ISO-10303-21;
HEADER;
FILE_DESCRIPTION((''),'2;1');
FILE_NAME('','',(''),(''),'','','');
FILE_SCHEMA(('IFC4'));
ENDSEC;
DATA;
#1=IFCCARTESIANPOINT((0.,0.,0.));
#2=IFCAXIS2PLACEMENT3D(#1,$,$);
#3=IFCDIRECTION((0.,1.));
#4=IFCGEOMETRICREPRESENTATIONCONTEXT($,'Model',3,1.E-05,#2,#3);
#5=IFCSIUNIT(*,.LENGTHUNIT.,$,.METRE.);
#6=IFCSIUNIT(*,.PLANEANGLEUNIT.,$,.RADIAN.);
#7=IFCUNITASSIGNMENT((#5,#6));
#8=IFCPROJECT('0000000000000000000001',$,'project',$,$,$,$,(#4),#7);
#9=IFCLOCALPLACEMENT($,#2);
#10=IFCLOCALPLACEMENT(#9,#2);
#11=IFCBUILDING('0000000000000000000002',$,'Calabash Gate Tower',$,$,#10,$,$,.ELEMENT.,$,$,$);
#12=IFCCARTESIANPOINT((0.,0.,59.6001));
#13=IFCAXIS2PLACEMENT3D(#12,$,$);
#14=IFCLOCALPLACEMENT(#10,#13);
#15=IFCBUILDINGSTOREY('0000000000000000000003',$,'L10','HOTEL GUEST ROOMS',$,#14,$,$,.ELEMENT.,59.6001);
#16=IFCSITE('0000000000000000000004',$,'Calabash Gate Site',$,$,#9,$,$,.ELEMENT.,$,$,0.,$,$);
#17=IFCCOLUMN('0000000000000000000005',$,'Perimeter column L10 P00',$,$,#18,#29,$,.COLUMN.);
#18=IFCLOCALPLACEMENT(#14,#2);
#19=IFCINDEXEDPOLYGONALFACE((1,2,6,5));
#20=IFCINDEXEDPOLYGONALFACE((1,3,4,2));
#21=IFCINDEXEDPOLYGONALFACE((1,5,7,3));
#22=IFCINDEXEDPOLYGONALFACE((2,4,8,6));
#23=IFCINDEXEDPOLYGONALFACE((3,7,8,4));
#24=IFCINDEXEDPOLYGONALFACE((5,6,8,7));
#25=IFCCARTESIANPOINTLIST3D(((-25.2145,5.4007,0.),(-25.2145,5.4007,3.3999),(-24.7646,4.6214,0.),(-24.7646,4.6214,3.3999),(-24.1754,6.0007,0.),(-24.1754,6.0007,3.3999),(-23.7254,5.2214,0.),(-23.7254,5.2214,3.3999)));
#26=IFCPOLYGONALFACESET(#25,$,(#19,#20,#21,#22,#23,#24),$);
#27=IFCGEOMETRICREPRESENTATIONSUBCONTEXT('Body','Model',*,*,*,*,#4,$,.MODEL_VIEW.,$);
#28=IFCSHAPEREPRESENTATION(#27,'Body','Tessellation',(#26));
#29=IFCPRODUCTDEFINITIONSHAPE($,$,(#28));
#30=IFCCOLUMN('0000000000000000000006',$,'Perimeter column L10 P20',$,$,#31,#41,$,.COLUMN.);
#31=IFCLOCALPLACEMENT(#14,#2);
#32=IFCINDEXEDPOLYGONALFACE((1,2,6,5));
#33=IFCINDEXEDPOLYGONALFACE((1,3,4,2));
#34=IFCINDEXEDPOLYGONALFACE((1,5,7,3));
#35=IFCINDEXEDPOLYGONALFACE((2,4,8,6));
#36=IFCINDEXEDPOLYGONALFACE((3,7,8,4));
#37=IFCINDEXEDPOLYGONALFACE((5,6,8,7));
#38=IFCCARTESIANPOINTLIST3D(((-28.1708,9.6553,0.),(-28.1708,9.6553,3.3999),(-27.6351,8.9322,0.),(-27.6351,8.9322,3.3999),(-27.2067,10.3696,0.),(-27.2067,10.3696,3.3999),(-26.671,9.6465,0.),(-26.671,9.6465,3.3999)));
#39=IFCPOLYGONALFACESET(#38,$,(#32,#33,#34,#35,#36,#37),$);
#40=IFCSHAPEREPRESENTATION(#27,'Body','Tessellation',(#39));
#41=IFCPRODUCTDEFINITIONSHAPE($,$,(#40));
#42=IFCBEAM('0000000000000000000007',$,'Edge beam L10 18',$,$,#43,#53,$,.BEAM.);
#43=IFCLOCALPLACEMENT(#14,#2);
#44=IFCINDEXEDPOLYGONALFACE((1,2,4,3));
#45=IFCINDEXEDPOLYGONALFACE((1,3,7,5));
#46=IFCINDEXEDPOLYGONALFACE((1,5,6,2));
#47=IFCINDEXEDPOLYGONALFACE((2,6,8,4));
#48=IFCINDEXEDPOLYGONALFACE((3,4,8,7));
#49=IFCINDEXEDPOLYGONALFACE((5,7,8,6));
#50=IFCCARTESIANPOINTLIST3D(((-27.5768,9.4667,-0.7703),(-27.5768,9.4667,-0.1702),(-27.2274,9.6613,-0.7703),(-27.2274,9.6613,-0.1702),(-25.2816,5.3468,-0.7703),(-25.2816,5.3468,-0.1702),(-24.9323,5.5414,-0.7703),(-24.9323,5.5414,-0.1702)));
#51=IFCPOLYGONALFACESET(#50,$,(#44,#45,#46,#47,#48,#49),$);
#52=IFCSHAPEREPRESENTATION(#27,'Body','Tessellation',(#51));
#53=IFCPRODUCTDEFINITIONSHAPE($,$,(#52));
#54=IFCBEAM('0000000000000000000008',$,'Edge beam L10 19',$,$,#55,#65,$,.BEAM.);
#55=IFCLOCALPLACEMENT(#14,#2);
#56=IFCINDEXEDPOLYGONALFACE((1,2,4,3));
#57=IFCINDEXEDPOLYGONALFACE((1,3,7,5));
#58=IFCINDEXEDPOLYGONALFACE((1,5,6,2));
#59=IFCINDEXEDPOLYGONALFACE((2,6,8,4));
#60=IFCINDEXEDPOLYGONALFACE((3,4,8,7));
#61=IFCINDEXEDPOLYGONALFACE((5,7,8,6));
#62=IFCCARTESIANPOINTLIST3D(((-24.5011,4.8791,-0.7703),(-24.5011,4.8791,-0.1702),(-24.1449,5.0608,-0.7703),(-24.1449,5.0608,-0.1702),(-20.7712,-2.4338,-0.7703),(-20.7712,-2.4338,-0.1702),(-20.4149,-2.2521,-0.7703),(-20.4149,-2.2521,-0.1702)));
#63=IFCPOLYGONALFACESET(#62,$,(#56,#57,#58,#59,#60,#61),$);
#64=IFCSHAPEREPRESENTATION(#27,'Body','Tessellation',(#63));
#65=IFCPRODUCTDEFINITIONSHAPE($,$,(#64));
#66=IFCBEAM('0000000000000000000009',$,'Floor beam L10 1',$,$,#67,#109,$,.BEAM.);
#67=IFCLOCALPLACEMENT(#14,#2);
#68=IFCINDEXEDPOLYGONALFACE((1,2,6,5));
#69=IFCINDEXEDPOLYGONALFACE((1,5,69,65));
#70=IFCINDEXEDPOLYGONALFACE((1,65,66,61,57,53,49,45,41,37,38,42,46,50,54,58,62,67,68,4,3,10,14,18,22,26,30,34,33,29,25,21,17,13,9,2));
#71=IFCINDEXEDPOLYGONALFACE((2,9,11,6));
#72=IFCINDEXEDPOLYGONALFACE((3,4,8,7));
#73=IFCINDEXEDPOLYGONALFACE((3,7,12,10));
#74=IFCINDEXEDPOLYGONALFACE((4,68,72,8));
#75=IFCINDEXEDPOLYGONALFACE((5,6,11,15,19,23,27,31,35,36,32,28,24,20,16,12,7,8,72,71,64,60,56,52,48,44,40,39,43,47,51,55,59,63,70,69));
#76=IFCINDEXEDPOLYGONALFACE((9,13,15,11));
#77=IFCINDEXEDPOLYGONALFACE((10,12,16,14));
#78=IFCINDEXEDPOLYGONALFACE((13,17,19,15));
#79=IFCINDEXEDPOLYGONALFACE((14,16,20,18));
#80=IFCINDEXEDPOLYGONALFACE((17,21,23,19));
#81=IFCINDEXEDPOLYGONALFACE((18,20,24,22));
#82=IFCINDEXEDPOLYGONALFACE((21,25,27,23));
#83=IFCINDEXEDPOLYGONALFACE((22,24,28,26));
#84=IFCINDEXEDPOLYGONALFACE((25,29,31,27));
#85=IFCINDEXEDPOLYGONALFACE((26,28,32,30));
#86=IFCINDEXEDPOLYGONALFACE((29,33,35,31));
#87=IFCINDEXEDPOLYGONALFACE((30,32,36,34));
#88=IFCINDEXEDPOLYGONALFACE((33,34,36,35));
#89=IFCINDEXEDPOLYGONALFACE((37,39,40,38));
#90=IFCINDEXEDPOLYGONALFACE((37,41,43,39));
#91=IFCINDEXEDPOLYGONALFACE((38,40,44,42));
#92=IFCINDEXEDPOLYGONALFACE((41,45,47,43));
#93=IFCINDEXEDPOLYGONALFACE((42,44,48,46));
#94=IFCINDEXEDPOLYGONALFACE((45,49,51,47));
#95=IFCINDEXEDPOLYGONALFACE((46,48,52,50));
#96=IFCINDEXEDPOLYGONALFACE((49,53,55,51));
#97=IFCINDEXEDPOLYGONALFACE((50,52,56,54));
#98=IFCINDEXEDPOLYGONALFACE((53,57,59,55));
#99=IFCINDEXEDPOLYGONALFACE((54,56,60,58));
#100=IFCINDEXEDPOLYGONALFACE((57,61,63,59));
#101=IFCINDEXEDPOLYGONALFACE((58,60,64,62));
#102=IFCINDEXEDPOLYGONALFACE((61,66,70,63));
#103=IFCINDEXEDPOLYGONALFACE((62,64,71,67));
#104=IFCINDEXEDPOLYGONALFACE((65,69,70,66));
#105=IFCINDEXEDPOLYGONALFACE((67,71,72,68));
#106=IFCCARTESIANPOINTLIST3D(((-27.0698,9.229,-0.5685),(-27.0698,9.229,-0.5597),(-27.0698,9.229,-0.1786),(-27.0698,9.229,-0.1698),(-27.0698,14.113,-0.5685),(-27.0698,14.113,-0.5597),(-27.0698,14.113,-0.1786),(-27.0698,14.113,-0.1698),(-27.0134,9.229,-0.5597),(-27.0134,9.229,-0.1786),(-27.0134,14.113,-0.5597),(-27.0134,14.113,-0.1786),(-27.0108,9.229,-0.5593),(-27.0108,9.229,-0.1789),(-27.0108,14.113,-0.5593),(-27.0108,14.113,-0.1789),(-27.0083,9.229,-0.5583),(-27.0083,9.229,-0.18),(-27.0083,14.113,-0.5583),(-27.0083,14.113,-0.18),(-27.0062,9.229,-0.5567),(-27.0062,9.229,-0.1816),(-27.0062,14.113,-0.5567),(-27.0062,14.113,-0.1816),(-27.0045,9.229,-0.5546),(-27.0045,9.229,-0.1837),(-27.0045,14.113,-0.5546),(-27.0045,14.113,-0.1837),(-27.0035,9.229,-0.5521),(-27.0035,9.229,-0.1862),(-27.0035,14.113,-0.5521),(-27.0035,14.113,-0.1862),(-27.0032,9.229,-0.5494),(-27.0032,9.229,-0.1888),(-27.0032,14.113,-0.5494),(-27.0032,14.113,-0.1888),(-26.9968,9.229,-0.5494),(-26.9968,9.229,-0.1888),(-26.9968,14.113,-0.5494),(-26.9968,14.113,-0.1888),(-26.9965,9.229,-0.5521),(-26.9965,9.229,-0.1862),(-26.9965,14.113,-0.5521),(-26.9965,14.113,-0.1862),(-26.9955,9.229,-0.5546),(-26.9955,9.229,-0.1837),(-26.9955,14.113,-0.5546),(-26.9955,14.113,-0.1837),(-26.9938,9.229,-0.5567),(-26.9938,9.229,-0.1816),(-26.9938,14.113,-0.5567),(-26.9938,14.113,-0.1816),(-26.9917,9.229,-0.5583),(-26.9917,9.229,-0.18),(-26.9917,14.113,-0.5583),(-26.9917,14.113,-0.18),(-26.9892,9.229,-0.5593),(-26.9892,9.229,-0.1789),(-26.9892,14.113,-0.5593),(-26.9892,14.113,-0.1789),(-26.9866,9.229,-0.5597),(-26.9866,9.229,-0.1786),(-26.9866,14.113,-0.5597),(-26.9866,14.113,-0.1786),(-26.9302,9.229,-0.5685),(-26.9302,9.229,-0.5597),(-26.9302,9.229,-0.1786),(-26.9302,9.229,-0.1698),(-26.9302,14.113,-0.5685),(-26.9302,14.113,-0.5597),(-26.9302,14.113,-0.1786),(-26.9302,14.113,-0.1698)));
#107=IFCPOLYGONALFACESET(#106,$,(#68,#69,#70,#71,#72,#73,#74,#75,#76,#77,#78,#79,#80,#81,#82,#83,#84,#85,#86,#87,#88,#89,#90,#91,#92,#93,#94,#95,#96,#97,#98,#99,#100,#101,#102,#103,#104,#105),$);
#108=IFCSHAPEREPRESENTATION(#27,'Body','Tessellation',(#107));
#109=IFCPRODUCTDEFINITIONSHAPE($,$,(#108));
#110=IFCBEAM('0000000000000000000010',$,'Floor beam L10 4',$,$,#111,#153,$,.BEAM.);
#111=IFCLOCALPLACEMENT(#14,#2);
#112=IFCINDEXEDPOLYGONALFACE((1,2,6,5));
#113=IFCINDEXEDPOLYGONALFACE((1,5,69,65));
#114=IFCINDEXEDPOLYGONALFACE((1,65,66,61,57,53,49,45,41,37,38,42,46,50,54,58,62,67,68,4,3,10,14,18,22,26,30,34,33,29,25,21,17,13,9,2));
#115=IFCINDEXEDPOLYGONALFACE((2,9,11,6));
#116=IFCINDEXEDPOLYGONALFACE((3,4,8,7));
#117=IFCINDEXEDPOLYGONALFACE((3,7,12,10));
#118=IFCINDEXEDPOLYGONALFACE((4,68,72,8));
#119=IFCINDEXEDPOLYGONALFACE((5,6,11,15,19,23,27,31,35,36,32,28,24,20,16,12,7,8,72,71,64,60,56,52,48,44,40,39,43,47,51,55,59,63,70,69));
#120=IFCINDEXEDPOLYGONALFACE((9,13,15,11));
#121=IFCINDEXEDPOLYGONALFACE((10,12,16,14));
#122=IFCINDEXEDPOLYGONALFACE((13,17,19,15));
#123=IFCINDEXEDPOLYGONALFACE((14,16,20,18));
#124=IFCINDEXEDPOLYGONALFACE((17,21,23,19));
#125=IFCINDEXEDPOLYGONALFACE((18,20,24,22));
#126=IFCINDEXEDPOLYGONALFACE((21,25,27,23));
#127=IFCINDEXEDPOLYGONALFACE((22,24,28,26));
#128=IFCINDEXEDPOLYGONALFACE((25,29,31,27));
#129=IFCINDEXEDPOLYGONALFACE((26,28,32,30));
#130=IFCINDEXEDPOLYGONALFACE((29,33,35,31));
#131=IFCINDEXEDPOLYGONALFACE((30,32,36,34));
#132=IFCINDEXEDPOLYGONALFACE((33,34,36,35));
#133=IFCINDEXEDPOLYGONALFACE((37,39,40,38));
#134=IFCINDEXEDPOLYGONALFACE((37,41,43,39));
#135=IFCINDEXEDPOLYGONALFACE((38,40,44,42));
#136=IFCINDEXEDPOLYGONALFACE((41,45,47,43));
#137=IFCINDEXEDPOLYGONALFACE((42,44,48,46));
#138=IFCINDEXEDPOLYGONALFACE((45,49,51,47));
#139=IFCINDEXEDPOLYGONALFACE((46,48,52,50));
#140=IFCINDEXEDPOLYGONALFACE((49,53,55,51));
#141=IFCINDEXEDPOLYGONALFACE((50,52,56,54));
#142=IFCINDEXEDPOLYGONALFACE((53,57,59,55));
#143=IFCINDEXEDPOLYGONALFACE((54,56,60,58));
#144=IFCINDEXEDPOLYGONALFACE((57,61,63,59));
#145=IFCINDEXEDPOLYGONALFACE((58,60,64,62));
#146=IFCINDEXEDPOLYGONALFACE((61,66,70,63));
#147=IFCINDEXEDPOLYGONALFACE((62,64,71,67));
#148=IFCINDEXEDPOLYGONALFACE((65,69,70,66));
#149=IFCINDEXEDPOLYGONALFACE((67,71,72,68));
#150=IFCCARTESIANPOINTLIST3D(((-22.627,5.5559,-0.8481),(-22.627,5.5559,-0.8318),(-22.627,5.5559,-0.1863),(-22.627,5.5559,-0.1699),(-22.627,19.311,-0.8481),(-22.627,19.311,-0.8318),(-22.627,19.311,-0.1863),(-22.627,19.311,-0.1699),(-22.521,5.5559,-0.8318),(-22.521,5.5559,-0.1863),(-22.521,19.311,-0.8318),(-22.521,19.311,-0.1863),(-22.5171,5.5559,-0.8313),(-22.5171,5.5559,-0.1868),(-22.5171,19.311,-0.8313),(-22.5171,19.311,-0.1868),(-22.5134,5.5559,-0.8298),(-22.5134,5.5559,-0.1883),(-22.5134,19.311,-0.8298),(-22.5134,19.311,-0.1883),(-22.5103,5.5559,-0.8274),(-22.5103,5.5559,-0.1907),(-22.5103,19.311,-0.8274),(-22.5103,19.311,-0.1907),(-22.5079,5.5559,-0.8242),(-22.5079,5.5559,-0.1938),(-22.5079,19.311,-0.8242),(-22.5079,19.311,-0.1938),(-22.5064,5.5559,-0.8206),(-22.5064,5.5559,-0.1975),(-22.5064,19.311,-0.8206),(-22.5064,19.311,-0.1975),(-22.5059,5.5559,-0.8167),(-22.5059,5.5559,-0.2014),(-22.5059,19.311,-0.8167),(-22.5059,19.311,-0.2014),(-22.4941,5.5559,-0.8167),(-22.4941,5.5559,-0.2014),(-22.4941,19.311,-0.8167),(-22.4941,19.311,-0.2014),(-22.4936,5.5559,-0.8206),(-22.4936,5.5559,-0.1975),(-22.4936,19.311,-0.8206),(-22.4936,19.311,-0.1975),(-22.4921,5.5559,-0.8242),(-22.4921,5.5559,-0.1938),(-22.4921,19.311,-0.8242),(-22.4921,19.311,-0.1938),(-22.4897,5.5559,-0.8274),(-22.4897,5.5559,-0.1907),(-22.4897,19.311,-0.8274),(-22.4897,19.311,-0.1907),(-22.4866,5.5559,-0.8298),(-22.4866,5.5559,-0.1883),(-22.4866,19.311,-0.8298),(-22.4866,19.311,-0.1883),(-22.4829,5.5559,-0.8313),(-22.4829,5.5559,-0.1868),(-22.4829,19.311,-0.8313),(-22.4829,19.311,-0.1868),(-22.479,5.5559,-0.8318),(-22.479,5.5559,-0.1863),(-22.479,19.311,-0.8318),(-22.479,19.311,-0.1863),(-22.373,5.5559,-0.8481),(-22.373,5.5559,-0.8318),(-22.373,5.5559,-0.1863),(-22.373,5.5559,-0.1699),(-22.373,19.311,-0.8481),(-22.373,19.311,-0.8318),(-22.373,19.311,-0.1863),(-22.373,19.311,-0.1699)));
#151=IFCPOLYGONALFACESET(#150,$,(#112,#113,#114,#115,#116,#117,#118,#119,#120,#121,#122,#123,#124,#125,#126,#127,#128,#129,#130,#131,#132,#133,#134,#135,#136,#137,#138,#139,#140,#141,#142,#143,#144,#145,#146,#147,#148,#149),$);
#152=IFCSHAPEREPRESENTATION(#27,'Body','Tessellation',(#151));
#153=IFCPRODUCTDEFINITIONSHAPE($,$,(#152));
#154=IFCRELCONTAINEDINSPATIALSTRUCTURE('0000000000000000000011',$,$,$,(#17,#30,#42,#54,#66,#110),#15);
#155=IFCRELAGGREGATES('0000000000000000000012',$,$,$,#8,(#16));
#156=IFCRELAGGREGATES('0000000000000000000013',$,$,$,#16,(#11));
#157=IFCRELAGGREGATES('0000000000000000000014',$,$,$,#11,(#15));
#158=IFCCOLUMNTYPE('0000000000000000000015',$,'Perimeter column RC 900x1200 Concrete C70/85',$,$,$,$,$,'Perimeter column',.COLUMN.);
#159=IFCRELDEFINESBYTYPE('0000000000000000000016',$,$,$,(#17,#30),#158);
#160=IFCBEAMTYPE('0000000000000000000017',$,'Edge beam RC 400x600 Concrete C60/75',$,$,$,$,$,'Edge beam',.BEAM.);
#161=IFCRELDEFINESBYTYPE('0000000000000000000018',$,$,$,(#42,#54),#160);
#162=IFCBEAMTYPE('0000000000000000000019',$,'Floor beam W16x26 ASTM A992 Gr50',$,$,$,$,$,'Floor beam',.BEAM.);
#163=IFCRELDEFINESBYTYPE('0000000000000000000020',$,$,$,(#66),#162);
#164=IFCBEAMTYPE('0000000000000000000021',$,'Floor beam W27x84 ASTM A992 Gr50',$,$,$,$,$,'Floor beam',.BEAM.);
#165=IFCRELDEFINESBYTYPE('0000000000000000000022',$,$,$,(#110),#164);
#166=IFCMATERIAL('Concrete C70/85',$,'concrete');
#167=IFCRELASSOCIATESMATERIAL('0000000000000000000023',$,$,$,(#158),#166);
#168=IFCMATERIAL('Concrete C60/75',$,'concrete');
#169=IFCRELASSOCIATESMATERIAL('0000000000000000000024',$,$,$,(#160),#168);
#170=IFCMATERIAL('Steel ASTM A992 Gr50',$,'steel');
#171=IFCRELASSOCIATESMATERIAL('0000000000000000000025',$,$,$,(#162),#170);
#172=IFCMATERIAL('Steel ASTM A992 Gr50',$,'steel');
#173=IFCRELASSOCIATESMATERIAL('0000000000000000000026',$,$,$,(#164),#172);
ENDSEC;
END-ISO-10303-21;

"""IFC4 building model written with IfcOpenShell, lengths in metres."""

from ifc_helpers import new_model, si_unit, direction, frame, origin, origin_2d, place, context, subcontext, project, spatial, rectangle, i_section, extrude, material, material_profile, profile_set, type_object, element, save


model = new_model("IFC4")

# Units and contexts
model_context = context("Model", 3, precision=1e-05, world=origin(), true_north=direction((0.0, 1.0)))
body_context = subcontext(model_context, "Body", "Model", "MODEL_VIEW")
ifc_project = project(units=[si_unit("LENGTHUNIT", "METRE"), si_unit("PLANEANGLEUNIT", "RADIAN")], contexts=[model_context])

# Site, building, storey
site_placement = place(None, origin())
site = spatial("IfcSite", under=ifc_project, at=site_placement, Name="Calabash Gate Site", CompositionType="ELEMENT", RefElevation=0.0)
building_placement = place(site_placement, origin())
building = spatial("IfcBuilding", under=site, at=building_placement, Name="Calabash Gate Tower", CompositionType="ELEMENT")
storey_placement = place(building_placement, frame((0.0, 0.0, 59.6001)))
storey = spatial("IfcBuildingStorey", under=building, at=storey_placement, Name="L10", Description="HOTEL GUEST ROOMS", CompositionType="ELEMENT", Elevation=59.6001)

# Columns
ifc_material_1 = material(Name="Concrete C70/85", Category="concrete")
ifc_material_profile_1 = material_profile(ifc_material_1, rectangle(XDim=0.8999, YDim=1.2, at=origin_2d()))
ifc_profile_set_1 = profile_set([ifc_material_profile_1], Name="Concrete C70/85")
column_type = type_object("IfcColumnType", Name="Perimeter column RC 900x1200 Concrete C70/85", ElementType="Perimeter column", PredefinedType="COLUMN", material=ifc_profile_set_1)
for number, where, z_axis, x_axis, name in (
    (1, (-24.47, 5.311, 0.0), (0.0, 0.0, 1.0), (0.5, -0.866025, 0.0), "Perimeter column L10 P00"),
    (2, (-27.4209, 9.6509, 0.0), (0.0, 0.0, 1.0), (0.595287, -0.803513, 0.0), "Perimeter column L10 P20"),
):
    element("IfcColumn", number, at=place(storey_placement, frame(where, z_axis=z_axis, x_axis=x_axis)), inside=storey, type_object=column_type, Name=name, PredefinedType="COLUMN", context=body_context, shape_type="SweptSolid", body=[
        extrude(rectangle(XDim=0.8999, YDim=1.2, at=origin_2d()), origin(), (0.0, 0.0, 1.0), 3.3999),
    ])

# Beams
ifc_material_2 = material(Name="Concrete C60/75", Category="concrete")
ifc_material_profile_2 = material_profile(ifc_material_2, rectangle(XDim=0.3999, YDim=0.6001, at=origin_2d()))
ifc_profile_set_2 = profile_set([ifc_material_profile_2], Name="Concrete C60/75")
beam_type_1 = type_object("IfcBeamType", Name="Edge beam RC 400x600 Concrete C60/75", ElementType="Edge beam", PredefinedType="BEAM", material=ifc_profile_set_2)
beam_1_placement = place(storey_placement, frame((-27.4021, 9.564, -0.4702), z_axis=(0.486671, -0.873585, 0.0), x_axis=(0.873585, 0.486671, 0.0)))
element("IfcBeam", 3, at=beam_1_placement, inside=storey, type_object=beam_type_1, Name="Edge beam L10 18", PredefinedType="BEAM", context=body_context, shape_type="SweptSolid", body=[
    extrude(rectangle(XDim=0.3999, YDim=0.6001, at=origin_2d()), origin(), (0.0, 0.0, 1.0), 4.7161),
])
beam_2_placement = place(storey_placement, frame((-24.323, 4.97, -0.4702), z_axis=(0.454361, -0.890818, 0.0), x_axis=(0.890818, 0.454361, 0.0)))
element("IfcBeam", 4, at=beam_2_placement, inside=storey, type_object=beam_type_1, Name="Edge beam L10 19", PredefinedType="BEAM", context=body_context, shape_type="SweptSolid", body=[
    extrude(rectangle(XDim=0.3999, YDim=0.6001, at=origin_2d()), origin(), (0.0, 0.0, 1.0), 8.2092),
])
ifc_material_3 = material(Name="Steel ASTM A992 Gr50", Category="steel")
ifc_material_profile_3 = material_profile(ifc_material_3, i_section(OverallWidth=0.1396, OverallDepth=0.3987, WebThickness=0.0063, FlangeThickness=0.0088, FilletRadius=0.0103, at=origin_2d()))
ifc_profile_set_3 = profile_set([ifc_material_profile_3], Name="Steel ASTM A992 Gr50")
beam_type_2 = type_object("IfcBeamType", Name="Floor beam W16x26 ASTM A992 Gr50", ElementType="Floor beam", PredefinedType="BEAM", material=ifc_profile_set_3)
beam_3_placement = place(storey_placement, frame((-27.0, 9.229, -0.3691), z_axis=(0.0, 1.0, 0.0), x_axis=(-1.0, 0.0, 0.0)))
element("IfcBeam", 5, at=beam_3_placement, inside=storey, type_object=beam_type_2, Name="Floor beam L10 1", PredefinedType="BEAM", context=body_context, shape_type="SweptSolid", body=[
    extrude(i_section(OverallWidth=0.1396, OverallDepth=0.3987, WebThickness=0.0063, FlangeThickness=0.0088, FilletRadius=0.0103, at=origin_2d()), origin(), (0.0, 0.0, 1.0), 4.884),
])
ifc_material_4 = material(Name="Steel ASTM A992 Gr50", Category="steel")
ifc_material_profile_4 = material_profile(ifc_material_4, i_section(OverallWidth=0.2539, OverallDepth=0.6782, WebThickness=0.0117, FlangeThickness=0.0164, FilletRadius=0.0151, at=origin_2d()))
ifc_profile_set_4 = profile_set([ifc_material_profile_4], Name="Steel ASTM A992 Gr50")
beam_type_3 = type_object("IfcBeamType", Name="Floor beam W27x84 ASTM A992 Gr50", ElementType="Floor beam", PredefinedType="BEAM", material=ifc_profile_set_4)
beam_4_placement = place(storey_placement, frame((-22.5, 5.5559, -0.509), z_axis=(0.0, 1.0, 0.0), x_axis=(-1.0, 0.0, 0.0)))
element("IfcBeam", 6, at=beam_4_placement, inside=storey, type_object=beam_type_3, Name="Floor beam L10 4", PredefinedType="BEAM", context=body_context, shape_type="SweptSolid", body=[
    extrude(i_section(OverallWidth=0.2539, OverallDepth=0.6782, WebThickness=0.0117, FlangeThickness=0.0164, FilletRadius=0.0151, at=origin_2d()), origin(), (0.0, 0.0, 1.0), 13.7551),
])

save(model, "model.ifc")
